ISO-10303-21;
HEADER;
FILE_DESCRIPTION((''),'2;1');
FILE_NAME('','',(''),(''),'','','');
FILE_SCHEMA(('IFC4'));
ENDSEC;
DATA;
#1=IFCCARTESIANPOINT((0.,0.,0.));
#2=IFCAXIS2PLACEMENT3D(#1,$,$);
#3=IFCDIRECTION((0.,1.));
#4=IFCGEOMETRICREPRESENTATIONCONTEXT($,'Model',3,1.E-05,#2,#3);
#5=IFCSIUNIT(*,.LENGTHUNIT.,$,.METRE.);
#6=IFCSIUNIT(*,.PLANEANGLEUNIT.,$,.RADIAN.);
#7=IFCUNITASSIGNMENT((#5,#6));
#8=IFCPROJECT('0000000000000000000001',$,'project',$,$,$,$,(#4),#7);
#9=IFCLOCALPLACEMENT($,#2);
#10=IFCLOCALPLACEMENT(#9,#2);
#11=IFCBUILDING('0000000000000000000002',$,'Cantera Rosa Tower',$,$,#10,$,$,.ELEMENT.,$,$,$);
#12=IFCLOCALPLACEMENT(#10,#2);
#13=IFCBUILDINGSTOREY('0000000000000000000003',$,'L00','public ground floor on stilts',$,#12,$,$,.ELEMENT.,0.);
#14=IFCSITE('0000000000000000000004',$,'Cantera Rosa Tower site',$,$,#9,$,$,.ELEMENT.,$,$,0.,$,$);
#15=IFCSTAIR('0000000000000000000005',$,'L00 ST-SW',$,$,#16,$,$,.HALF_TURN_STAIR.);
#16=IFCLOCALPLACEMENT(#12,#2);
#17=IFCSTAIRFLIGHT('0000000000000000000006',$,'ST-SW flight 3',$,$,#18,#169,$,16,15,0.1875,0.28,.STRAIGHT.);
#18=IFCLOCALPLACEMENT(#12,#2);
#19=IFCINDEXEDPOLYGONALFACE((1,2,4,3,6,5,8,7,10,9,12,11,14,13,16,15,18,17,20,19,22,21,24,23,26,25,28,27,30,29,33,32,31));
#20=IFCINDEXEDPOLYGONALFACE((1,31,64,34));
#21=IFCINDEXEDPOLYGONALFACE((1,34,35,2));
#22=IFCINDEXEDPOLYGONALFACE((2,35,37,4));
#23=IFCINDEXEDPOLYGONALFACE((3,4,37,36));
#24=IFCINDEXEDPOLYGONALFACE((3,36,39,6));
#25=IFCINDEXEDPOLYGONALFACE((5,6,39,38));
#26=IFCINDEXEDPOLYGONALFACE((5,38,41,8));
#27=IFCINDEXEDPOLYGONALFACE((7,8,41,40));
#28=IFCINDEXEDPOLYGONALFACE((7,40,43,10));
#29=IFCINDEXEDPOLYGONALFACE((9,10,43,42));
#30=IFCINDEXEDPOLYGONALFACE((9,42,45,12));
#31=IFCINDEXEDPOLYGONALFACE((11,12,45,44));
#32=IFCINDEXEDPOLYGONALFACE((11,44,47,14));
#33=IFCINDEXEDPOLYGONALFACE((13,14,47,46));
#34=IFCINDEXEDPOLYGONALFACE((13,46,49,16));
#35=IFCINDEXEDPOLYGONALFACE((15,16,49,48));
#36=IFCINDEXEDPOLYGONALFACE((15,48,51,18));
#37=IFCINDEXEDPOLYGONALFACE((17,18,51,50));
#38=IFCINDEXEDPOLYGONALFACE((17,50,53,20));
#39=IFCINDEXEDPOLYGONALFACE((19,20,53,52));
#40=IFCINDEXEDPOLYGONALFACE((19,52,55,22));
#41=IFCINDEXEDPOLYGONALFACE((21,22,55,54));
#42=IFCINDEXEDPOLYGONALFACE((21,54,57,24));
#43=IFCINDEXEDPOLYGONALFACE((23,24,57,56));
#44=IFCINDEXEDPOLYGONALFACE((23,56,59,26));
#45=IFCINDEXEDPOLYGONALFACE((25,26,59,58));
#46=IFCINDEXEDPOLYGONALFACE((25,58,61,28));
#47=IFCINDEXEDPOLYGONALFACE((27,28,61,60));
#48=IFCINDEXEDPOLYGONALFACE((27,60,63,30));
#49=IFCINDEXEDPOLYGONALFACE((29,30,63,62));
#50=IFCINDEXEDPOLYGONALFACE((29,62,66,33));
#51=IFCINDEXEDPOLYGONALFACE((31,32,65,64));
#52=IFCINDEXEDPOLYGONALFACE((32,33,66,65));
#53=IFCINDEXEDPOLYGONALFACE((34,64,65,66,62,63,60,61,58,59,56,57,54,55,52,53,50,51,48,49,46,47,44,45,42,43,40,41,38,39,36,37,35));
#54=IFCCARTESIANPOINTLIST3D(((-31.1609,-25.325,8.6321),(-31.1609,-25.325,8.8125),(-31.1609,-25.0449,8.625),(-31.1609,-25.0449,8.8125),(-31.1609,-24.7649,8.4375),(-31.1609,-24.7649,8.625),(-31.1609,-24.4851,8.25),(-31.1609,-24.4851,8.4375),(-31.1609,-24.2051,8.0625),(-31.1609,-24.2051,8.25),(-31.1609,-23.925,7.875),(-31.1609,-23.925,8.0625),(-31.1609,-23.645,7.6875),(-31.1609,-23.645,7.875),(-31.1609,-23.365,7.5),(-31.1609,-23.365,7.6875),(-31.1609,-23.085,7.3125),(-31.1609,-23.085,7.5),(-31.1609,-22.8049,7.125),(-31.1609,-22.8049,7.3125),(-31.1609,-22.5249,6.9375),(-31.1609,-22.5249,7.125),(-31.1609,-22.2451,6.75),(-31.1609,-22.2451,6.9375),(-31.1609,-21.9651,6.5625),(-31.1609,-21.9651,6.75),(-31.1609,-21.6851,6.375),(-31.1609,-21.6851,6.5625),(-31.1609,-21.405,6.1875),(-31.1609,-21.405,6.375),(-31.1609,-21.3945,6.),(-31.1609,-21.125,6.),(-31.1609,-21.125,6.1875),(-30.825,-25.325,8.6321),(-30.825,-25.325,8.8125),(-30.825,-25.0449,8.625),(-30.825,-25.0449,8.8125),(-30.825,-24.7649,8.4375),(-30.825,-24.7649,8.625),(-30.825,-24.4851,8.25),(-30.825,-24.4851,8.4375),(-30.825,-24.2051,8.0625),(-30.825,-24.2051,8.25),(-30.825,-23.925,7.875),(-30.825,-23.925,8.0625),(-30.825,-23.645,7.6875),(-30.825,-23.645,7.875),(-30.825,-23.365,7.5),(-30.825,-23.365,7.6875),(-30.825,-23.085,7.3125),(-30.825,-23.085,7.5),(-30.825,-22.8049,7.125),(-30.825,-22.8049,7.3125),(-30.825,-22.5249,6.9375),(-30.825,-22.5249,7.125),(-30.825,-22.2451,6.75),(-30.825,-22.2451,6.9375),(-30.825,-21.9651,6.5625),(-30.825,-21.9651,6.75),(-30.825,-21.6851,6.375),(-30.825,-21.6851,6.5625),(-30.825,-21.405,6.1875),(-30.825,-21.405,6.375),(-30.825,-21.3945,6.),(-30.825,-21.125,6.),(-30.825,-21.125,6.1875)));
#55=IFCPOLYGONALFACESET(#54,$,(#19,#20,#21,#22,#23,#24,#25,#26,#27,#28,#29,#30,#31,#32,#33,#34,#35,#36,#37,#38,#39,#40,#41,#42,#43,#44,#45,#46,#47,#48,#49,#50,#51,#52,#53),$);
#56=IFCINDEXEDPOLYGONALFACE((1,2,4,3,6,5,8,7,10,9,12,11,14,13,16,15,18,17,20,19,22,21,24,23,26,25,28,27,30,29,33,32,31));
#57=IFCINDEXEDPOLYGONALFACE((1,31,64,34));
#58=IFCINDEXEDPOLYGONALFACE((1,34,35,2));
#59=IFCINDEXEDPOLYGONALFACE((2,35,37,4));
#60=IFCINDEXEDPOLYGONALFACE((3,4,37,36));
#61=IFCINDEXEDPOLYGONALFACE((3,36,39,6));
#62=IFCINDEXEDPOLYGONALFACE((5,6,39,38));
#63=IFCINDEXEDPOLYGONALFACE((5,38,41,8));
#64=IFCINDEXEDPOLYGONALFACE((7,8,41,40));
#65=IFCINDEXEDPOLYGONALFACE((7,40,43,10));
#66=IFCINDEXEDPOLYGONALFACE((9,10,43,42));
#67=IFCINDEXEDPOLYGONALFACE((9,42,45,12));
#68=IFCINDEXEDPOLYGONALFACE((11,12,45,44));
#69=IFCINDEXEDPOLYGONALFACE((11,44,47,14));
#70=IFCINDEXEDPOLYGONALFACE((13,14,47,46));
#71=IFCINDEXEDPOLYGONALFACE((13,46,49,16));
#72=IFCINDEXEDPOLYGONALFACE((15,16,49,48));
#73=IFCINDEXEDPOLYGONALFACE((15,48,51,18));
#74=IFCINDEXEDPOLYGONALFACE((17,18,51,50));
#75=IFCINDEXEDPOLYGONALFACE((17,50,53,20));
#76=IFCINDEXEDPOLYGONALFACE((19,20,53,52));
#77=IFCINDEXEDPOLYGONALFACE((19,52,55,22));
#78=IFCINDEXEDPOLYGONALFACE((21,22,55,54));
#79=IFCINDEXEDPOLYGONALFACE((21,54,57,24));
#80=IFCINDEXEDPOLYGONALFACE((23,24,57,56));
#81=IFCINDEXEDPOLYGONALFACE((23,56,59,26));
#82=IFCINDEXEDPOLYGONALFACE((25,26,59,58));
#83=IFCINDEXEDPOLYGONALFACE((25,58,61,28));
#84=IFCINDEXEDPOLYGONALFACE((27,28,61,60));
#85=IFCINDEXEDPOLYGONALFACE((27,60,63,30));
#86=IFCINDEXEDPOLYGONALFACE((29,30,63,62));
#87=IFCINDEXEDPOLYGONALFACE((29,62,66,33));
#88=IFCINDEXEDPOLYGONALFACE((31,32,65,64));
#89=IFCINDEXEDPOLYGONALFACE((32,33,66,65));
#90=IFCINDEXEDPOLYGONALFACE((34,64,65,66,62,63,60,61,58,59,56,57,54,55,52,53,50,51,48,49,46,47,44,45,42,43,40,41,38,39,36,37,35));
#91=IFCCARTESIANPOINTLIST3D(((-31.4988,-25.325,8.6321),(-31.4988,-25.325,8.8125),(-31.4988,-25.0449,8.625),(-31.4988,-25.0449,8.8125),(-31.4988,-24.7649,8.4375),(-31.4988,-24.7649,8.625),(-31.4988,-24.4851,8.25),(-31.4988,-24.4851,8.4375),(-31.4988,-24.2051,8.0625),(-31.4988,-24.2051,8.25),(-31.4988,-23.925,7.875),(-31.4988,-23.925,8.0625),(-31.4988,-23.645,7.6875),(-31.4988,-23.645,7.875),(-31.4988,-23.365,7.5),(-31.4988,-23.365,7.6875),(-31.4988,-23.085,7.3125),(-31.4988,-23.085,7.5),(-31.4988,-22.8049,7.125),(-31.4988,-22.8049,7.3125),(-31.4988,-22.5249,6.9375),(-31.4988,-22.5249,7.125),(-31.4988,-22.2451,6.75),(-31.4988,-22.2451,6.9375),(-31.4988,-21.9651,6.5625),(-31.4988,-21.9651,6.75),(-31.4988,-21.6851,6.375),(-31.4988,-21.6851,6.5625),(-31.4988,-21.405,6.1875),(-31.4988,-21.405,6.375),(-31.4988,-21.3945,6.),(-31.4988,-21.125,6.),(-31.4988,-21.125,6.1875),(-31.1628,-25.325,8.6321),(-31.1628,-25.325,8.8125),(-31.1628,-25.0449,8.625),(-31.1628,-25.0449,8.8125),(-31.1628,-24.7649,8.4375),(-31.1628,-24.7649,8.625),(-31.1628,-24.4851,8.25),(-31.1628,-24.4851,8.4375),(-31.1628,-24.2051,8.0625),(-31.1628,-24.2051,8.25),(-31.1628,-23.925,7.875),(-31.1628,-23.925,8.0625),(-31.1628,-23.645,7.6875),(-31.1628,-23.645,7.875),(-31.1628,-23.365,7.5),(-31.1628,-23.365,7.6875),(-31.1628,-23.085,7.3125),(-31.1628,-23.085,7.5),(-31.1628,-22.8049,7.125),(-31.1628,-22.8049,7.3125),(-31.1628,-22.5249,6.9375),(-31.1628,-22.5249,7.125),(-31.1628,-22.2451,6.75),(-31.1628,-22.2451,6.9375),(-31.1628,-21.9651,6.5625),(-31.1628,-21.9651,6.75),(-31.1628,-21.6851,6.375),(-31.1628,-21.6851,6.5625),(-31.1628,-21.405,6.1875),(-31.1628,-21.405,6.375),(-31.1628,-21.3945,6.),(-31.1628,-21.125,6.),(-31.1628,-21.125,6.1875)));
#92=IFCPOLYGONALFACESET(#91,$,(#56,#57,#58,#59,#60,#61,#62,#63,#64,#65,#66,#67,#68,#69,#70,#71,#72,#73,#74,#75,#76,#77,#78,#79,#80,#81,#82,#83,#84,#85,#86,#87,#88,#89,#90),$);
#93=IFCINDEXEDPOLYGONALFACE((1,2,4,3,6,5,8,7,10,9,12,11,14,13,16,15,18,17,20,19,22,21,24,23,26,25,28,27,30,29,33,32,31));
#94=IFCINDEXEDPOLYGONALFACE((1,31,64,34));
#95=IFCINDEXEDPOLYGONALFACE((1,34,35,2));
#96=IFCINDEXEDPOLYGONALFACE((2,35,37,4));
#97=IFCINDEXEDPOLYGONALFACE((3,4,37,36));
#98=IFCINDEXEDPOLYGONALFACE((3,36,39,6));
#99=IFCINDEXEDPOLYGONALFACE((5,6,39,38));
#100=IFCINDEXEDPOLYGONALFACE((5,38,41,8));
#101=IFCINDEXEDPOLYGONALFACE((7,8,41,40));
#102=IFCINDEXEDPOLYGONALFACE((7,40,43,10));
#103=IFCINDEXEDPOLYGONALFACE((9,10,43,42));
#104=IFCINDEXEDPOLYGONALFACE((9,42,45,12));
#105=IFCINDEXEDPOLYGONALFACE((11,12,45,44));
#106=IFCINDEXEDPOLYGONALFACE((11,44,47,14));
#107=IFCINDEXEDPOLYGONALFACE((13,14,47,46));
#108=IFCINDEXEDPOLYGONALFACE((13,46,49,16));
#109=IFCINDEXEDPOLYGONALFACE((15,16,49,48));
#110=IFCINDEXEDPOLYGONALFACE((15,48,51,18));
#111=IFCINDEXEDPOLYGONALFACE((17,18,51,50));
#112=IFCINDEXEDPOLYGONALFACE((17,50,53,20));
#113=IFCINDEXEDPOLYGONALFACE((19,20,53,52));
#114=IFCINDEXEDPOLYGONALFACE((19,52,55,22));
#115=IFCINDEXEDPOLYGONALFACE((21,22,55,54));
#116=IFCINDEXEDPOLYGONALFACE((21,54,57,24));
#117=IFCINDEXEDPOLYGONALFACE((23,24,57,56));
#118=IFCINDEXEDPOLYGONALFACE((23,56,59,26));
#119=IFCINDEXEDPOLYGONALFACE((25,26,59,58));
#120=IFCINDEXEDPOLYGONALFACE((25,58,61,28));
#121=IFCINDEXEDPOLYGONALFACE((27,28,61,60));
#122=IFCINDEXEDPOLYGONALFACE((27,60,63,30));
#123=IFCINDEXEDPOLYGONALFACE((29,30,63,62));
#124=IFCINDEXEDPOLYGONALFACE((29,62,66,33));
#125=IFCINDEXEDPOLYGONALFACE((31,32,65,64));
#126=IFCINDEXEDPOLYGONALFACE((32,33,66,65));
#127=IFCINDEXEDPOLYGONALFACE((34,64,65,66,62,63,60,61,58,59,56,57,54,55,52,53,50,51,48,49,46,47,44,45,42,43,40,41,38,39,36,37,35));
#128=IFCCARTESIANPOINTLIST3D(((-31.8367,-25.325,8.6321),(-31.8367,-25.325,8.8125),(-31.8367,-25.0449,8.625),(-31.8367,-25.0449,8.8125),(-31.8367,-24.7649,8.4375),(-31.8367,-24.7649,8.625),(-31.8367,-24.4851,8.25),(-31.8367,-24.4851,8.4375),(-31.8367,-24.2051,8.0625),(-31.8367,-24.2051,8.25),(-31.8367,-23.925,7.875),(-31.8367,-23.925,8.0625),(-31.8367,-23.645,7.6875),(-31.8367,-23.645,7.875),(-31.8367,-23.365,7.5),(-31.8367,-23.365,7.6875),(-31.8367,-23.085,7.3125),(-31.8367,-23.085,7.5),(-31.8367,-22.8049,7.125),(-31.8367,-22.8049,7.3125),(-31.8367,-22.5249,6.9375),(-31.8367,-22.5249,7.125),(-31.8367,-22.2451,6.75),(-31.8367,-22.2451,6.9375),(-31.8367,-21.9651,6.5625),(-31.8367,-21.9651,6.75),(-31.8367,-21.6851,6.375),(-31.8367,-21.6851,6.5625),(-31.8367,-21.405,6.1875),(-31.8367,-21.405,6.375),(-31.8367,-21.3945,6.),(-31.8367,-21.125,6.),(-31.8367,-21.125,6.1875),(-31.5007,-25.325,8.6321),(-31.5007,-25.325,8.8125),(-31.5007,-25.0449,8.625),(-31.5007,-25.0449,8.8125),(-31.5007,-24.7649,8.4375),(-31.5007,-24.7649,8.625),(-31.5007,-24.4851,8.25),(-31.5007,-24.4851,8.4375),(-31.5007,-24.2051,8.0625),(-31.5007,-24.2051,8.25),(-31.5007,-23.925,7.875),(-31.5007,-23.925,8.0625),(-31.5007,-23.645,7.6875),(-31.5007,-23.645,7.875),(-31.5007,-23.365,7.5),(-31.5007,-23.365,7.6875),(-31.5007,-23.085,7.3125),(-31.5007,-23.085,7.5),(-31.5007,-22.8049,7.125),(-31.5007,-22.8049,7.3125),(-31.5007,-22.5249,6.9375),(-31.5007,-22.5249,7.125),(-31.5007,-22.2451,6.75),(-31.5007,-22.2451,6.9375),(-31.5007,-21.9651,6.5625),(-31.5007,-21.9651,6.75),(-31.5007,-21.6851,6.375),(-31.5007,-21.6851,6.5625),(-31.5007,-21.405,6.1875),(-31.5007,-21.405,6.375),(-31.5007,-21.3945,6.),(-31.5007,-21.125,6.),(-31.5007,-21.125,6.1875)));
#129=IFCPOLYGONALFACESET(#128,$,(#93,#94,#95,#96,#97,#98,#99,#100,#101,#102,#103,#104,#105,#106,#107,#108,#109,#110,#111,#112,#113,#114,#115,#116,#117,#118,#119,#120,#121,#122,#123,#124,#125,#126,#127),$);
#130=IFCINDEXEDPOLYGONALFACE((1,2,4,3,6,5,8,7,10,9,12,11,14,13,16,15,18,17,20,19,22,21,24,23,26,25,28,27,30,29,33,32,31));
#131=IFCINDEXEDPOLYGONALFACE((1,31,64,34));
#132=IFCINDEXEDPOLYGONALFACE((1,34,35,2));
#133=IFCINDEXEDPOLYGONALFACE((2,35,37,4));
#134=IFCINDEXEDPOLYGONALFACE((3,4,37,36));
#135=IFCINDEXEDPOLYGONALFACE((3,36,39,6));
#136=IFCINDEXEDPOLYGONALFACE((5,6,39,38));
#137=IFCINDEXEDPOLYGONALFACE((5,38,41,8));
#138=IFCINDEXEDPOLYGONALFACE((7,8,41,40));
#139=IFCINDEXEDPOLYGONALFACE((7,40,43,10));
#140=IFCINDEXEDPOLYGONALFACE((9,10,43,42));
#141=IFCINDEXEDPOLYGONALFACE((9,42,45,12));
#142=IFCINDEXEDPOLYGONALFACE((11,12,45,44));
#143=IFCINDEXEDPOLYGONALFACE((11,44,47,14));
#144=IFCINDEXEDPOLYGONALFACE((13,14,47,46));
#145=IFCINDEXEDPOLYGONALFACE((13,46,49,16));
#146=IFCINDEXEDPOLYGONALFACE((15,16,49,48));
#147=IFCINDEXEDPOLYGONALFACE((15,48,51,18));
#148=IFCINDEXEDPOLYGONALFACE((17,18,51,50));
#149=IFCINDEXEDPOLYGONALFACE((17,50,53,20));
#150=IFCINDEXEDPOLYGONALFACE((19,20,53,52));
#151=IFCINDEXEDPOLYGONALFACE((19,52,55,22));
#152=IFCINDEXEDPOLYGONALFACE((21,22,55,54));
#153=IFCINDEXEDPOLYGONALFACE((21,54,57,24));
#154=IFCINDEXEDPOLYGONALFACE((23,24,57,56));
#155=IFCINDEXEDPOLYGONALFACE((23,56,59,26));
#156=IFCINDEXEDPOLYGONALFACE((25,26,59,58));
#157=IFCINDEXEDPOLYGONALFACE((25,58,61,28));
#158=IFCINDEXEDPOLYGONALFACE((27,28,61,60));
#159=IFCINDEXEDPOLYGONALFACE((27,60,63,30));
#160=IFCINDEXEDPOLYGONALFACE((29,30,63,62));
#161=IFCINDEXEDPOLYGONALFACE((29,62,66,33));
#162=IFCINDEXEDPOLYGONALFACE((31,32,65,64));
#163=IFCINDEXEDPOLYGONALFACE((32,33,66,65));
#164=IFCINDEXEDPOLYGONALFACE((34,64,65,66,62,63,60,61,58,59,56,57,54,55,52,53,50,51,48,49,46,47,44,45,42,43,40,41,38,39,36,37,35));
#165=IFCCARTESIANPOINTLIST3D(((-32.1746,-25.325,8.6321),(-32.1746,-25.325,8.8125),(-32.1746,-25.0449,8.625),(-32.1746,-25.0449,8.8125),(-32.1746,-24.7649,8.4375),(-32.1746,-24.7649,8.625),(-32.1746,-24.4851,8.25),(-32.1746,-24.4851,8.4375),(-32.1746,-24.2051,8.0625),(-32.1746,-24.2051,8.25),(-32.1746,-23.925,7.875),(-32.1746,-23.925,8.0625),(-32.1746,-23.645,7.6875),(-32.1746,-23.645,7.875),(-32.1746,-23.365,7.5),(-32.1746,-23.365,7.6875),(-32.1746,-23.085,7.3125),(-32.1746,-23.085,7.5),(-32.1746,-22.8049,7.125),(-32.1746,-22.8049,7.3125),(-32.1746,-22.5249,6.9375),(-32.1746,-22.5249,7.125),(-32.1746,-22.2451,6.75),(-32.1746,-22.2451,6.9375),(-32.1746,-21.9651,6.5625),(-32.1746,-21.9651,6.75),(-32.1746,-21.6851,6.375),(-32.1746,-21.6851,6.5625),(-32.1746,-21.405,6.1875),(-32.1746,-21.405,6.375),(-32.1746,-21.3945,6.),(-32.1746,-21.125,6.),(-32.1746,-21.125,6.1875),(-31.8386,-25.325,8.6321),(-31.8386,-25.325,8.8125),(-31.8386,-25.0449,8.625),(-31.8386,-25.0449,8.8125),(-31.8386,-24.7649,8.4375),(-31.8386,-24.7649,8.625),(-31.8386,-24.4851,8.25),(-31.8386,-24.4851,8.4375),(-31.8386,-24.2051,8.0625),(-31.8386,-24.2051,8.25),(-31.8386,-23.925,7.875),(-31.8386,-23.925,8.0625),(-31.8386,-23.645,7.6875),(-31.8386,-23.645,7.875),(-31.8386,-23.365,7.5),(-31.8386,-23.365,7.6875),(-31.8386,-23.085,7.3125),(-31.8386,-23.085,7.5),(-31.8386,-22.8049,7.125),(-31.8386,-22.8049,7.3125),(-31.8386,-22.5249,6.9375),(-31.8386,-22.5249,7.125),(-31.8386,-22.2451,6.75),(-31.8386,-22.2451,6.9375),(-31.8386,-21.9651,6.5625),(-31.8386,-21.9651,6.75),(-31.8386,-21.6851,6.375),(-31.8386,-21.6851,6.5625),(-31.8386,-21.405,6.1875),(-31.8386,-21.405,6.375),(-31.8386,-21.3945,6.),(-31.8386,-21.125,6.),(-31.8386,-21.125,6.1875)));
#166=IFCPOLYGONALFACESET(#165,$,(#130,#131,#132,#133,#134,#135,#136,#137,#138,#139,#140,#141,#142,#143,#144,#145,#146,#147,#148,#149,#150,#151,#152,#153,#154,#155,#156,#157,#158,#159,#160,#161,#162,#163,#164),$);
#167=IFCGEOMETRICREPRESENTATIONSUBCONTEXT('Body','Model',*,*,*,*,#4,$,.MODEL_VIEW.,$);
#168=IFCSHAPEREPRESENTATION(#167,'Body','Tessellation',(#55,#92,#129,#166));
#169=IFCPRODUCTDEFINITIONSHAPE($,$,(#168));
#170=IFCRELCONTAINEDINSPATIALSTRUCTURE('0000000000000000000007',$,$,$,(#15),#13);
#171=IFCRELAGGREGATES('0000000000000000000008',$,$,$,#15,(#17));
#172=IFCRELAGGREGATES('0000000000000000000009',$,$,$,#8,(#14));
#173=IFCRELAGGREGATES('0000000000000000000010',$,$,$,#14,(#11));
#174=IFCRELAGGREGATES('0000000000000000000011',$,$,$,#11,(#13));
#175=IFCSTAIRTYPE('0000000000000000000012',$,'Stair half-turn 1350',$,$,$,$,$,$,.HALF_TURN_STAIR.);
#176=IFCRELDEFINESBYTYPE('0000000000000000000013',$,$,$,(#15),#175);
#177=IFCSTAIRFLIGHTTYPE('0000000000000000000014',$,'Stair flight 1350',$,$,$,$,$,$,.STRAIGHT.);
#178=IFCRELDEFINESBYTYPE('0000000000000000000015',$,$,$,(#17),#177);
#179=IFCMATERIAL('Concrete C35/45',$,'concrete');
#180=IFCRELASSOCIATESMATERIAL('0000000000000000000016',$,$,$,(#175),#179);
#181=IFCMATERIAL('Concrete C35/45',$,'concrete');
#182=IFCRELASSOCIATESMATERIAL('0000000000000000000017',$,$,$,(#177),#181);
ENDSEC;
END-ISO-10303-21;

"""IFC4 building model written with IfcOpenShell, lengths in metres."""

from ifc_helpers import new_model, si_unit, direction, frame, origin, place, context, subcontext, project, spatial, polyline, outline, extrude, material, type_object, element, aggregate, save


model = new_model("IFC4")

# Units and contexts
model_context = context("Model", 3, precision=1e-05, world=origin(), true_north=direction((0.0, 1.0)))
body_context = subcontext(model_context, "Body", "Model", "MODEL_VIEW")
ifc_project = project(units=[si_unit("LENGTHUNIT", "METRE"), si_unit("PLANEANGLEUNIT", "RADIAN")], contexts=[model_context])

# Site, building, storey
site_placement = place(None, origin())
site = spatial("IfcSite", under=ifc_project, at=site_placement, Name="Cantera Rosa Tower site", CompositionType="ELEMENT", RefElevation=0.0)
building_placement = place(site_placement, origin())
building = spatial("IfcBuilding", under=site, at=building_placement, Name="Cantera Rosa Tower", CompositionType="ELEMENT")
storey_placement = place(building_placement, origin())
storey = spatial("IfcBuildingStorey", under=building, at=storey_placement, Name="L00", Description="public ground floor on stilts", CompositionType="ELEMENT", Elevation=0.0)

# Stair, stair flight
ifc_material_1 = material(Name="Concrete C35/45", Category="concrete")
stair_type = type_object("IfcStairType", Name="Stair half-turn 1350", PredefinedType="HALF_TURN_STAIR", material=ifc_material_1)
stair_placement = place(storey_placement, origin())
stair = element("IfcStair", 1, at=stair_placement, inside=storey, type_object=stair_type, Name="L00 ST-SW", PredefinedType="HALF_TURN_STAIR")
ifc_material_2 = material(Name="Concrete C35/45", Category="concrete")
stair_flight_type = type_object("IfcStairFlightType", Name="Stair flight 1350", PredefinedType="STRAIGHT", material=ifc_material_2)
stair_flight_1_placement = place(storey_placement, frame((-31.5, -21.125, 6.0), z_axis=(0.0, 0.0, 1.0), x_axis=(0.0, -1.0, 0.0)))
stair_flight_1 = element("IfcStairFlight", 2, at=stair_flight_1_placement, type_object=stair_flight_type, Name="ST-SW flight 3", NumberOfRisers=16, NumberOfTreads=15, PredefinedType="STRAIGHT", RiserHeight=0.1875, TreadLength=0.28, context=body_context, shape_type="SweptSolid", body=[
    extrude(outline(polyline([(0.0, 0.0), (0.0, 0.1875), (0.28, 0.1875), (0.28, 0.375), (0.5601, 0.375), (0.5601, 0.5625), (0.8401, 0.5625), (0.8401, 0.75), (1.1201, 0.75), (1.1201, 0.9375), (1.3999, 0.9375), (1.3999, 1.125), (1.6799, 1.125), (1.6799, 1.3125), (1.96, 1.3125), (1.96, 1.5), (2.24, 1.5), (2.24, 1.6875), (2.52, 1.6875), (2.52, 1.875), (2.8, 1.875), (2.8, 2.0625), (3.0801, 2.0625), (3.0801, 2.25), (3.3601, 2.25), (3.3601, 2.4375), (3.6399, 2.4375), (3.6399, 2.625), (3.9199, 2.625), (3.9199, 2.8125), (4.2, 2.8125), (4.2, 3.0), (4.2, 2.6321), (0.2695, 0.0), (0.0, 0.0)])), frame((0.0, 0.675, 0.0), z_axis=(0.0, -1.0, 0.0), x_axis=(1.0, 0.0, 0.0)), (0.0, 0.0, 1.0), 0.3359),
    extrude(outline(polyline([(0.0, 0.0), (0.0, 0.1875), (0.28, 0.1875), (0.28, 0.375), (0.5601, 0.375), (0.5601, 0.5625), (0.8401, 0.5625), (0.8401, 0.75), (1.1201, 0.75), (1.1201, 0.9375), (1.3999, 0.9375), (1.3999, 1.125), (1.6799, 1.125), (1.6799, 1.3125), (1.96, 1.3125), (1.96, 1.5), (2.24, 1.5), (2.24, 1.6875), (2.52, 1.6875), (2.52, 1.875), (2.8, 1.875), (2.8, 2.0625), (3.0801, 2.0625), (3.0801, 2.25), (3.3601, 2.25), (3.3601, 2.4375), (3.6399, 2.4375), (3.6399, 2.625), (3.9199, 2.625), (3.9199, 2.8125), (4.2, 2.8125), (4.2, 3.0), (4.2, 2.6321), (0.2695, 0.0), (0.0, 0.0)])), frame((0.0, 0.3372, 0.0), z_axis=(0.0, -1.0, 0.0), x_axis=(1.0, 0.0, 0.0)), (0.0, 0.0, 1.0), 0.3359),
    extrude(outline(polyline([(0.0, 0.0), (0.0, 0.1875), (0.28, 0.1875), (0.28, 0.375), (0.5601, 0.375), (0.5601, 0.5625), (0.8401, 0.5625), (0.8401, 0.75), (1.1201, 0.75), (1.1201, 0.9375), (1.3999, 0.9375), (1.3999, 1.125), (1.6799, 1.125), (1.6799, 1.3125), (1.96, 1.3125), (1.96, 1.5), (2.24, 1.5), (2.24, 1.6875), (2.52, 1.6875), (2.52, 1.875), (2.8, 1.875), (2.8, 2.0625), (3.0801, 2.0625), (3.0801, 2.25), (3.3601, 2.25), (3.3601, 2.4375), (3.6399, 2.4375), (3.6399, 2.625), (3.9199, 2.625), (3.9199, 2.8125), (4.2, 2.8125), (4.2, 3.0), (4.2, 2.6321), (0.2695, 0.0), (0.0, 0.0)])), frame((0.0, -0.0007, 0.0), z_axis=(0.0, -1.0, 0.0), x_axis=(1.0, 0.0, 0.0)), (0.0, 0.0, 1.0), 0.3359),
    extrude(outline(polyline([(0.0, 0.0), (0.0, 0.1875), (0.28, 0.1875), (0.28, 0.375), (0.5601, 0.375), (0.5601, 0.5625), (0.8401, 0.5625), (0.8401, 0.75), (1.1201, 0.75), (1.1201, 0.9375), (1.3999, 0.9375), (1.3999, 1.125), (1.6799, 1.125), (1.6799, 1.3125), (1.96, 1.3125), (1.96, 1.5), (2.24, 1.5), (2.24, 1.6875), (2.52, 1.6875), (2.52, 1.875), (2.8, 1.875), (2.8, 2.0625), (3.0801, 2.0625), (3.0801, 2.25), (3.3601, 2.25), (3.3601, 2.4375), (3.6399, 2.4375), (3.6399, 2.625), (3.9199, 2.625), (3.9199, 2.8125), (4.2, 2.8125), (4.2, 3.0), (4.2, 2.6321), (0.2695, 0.0), (0.0, 0.0)])), frame((0.0, -0.3386, 0.0), z_axis=(0.0, -1.0, 0.0), x_axis=(1.0, 0.0, 0.0)), (0.0, 0.0, 1.0), 0.3359),
])
aggregate(stair, [stair_flight_1])

save(model, "model.ifc")
